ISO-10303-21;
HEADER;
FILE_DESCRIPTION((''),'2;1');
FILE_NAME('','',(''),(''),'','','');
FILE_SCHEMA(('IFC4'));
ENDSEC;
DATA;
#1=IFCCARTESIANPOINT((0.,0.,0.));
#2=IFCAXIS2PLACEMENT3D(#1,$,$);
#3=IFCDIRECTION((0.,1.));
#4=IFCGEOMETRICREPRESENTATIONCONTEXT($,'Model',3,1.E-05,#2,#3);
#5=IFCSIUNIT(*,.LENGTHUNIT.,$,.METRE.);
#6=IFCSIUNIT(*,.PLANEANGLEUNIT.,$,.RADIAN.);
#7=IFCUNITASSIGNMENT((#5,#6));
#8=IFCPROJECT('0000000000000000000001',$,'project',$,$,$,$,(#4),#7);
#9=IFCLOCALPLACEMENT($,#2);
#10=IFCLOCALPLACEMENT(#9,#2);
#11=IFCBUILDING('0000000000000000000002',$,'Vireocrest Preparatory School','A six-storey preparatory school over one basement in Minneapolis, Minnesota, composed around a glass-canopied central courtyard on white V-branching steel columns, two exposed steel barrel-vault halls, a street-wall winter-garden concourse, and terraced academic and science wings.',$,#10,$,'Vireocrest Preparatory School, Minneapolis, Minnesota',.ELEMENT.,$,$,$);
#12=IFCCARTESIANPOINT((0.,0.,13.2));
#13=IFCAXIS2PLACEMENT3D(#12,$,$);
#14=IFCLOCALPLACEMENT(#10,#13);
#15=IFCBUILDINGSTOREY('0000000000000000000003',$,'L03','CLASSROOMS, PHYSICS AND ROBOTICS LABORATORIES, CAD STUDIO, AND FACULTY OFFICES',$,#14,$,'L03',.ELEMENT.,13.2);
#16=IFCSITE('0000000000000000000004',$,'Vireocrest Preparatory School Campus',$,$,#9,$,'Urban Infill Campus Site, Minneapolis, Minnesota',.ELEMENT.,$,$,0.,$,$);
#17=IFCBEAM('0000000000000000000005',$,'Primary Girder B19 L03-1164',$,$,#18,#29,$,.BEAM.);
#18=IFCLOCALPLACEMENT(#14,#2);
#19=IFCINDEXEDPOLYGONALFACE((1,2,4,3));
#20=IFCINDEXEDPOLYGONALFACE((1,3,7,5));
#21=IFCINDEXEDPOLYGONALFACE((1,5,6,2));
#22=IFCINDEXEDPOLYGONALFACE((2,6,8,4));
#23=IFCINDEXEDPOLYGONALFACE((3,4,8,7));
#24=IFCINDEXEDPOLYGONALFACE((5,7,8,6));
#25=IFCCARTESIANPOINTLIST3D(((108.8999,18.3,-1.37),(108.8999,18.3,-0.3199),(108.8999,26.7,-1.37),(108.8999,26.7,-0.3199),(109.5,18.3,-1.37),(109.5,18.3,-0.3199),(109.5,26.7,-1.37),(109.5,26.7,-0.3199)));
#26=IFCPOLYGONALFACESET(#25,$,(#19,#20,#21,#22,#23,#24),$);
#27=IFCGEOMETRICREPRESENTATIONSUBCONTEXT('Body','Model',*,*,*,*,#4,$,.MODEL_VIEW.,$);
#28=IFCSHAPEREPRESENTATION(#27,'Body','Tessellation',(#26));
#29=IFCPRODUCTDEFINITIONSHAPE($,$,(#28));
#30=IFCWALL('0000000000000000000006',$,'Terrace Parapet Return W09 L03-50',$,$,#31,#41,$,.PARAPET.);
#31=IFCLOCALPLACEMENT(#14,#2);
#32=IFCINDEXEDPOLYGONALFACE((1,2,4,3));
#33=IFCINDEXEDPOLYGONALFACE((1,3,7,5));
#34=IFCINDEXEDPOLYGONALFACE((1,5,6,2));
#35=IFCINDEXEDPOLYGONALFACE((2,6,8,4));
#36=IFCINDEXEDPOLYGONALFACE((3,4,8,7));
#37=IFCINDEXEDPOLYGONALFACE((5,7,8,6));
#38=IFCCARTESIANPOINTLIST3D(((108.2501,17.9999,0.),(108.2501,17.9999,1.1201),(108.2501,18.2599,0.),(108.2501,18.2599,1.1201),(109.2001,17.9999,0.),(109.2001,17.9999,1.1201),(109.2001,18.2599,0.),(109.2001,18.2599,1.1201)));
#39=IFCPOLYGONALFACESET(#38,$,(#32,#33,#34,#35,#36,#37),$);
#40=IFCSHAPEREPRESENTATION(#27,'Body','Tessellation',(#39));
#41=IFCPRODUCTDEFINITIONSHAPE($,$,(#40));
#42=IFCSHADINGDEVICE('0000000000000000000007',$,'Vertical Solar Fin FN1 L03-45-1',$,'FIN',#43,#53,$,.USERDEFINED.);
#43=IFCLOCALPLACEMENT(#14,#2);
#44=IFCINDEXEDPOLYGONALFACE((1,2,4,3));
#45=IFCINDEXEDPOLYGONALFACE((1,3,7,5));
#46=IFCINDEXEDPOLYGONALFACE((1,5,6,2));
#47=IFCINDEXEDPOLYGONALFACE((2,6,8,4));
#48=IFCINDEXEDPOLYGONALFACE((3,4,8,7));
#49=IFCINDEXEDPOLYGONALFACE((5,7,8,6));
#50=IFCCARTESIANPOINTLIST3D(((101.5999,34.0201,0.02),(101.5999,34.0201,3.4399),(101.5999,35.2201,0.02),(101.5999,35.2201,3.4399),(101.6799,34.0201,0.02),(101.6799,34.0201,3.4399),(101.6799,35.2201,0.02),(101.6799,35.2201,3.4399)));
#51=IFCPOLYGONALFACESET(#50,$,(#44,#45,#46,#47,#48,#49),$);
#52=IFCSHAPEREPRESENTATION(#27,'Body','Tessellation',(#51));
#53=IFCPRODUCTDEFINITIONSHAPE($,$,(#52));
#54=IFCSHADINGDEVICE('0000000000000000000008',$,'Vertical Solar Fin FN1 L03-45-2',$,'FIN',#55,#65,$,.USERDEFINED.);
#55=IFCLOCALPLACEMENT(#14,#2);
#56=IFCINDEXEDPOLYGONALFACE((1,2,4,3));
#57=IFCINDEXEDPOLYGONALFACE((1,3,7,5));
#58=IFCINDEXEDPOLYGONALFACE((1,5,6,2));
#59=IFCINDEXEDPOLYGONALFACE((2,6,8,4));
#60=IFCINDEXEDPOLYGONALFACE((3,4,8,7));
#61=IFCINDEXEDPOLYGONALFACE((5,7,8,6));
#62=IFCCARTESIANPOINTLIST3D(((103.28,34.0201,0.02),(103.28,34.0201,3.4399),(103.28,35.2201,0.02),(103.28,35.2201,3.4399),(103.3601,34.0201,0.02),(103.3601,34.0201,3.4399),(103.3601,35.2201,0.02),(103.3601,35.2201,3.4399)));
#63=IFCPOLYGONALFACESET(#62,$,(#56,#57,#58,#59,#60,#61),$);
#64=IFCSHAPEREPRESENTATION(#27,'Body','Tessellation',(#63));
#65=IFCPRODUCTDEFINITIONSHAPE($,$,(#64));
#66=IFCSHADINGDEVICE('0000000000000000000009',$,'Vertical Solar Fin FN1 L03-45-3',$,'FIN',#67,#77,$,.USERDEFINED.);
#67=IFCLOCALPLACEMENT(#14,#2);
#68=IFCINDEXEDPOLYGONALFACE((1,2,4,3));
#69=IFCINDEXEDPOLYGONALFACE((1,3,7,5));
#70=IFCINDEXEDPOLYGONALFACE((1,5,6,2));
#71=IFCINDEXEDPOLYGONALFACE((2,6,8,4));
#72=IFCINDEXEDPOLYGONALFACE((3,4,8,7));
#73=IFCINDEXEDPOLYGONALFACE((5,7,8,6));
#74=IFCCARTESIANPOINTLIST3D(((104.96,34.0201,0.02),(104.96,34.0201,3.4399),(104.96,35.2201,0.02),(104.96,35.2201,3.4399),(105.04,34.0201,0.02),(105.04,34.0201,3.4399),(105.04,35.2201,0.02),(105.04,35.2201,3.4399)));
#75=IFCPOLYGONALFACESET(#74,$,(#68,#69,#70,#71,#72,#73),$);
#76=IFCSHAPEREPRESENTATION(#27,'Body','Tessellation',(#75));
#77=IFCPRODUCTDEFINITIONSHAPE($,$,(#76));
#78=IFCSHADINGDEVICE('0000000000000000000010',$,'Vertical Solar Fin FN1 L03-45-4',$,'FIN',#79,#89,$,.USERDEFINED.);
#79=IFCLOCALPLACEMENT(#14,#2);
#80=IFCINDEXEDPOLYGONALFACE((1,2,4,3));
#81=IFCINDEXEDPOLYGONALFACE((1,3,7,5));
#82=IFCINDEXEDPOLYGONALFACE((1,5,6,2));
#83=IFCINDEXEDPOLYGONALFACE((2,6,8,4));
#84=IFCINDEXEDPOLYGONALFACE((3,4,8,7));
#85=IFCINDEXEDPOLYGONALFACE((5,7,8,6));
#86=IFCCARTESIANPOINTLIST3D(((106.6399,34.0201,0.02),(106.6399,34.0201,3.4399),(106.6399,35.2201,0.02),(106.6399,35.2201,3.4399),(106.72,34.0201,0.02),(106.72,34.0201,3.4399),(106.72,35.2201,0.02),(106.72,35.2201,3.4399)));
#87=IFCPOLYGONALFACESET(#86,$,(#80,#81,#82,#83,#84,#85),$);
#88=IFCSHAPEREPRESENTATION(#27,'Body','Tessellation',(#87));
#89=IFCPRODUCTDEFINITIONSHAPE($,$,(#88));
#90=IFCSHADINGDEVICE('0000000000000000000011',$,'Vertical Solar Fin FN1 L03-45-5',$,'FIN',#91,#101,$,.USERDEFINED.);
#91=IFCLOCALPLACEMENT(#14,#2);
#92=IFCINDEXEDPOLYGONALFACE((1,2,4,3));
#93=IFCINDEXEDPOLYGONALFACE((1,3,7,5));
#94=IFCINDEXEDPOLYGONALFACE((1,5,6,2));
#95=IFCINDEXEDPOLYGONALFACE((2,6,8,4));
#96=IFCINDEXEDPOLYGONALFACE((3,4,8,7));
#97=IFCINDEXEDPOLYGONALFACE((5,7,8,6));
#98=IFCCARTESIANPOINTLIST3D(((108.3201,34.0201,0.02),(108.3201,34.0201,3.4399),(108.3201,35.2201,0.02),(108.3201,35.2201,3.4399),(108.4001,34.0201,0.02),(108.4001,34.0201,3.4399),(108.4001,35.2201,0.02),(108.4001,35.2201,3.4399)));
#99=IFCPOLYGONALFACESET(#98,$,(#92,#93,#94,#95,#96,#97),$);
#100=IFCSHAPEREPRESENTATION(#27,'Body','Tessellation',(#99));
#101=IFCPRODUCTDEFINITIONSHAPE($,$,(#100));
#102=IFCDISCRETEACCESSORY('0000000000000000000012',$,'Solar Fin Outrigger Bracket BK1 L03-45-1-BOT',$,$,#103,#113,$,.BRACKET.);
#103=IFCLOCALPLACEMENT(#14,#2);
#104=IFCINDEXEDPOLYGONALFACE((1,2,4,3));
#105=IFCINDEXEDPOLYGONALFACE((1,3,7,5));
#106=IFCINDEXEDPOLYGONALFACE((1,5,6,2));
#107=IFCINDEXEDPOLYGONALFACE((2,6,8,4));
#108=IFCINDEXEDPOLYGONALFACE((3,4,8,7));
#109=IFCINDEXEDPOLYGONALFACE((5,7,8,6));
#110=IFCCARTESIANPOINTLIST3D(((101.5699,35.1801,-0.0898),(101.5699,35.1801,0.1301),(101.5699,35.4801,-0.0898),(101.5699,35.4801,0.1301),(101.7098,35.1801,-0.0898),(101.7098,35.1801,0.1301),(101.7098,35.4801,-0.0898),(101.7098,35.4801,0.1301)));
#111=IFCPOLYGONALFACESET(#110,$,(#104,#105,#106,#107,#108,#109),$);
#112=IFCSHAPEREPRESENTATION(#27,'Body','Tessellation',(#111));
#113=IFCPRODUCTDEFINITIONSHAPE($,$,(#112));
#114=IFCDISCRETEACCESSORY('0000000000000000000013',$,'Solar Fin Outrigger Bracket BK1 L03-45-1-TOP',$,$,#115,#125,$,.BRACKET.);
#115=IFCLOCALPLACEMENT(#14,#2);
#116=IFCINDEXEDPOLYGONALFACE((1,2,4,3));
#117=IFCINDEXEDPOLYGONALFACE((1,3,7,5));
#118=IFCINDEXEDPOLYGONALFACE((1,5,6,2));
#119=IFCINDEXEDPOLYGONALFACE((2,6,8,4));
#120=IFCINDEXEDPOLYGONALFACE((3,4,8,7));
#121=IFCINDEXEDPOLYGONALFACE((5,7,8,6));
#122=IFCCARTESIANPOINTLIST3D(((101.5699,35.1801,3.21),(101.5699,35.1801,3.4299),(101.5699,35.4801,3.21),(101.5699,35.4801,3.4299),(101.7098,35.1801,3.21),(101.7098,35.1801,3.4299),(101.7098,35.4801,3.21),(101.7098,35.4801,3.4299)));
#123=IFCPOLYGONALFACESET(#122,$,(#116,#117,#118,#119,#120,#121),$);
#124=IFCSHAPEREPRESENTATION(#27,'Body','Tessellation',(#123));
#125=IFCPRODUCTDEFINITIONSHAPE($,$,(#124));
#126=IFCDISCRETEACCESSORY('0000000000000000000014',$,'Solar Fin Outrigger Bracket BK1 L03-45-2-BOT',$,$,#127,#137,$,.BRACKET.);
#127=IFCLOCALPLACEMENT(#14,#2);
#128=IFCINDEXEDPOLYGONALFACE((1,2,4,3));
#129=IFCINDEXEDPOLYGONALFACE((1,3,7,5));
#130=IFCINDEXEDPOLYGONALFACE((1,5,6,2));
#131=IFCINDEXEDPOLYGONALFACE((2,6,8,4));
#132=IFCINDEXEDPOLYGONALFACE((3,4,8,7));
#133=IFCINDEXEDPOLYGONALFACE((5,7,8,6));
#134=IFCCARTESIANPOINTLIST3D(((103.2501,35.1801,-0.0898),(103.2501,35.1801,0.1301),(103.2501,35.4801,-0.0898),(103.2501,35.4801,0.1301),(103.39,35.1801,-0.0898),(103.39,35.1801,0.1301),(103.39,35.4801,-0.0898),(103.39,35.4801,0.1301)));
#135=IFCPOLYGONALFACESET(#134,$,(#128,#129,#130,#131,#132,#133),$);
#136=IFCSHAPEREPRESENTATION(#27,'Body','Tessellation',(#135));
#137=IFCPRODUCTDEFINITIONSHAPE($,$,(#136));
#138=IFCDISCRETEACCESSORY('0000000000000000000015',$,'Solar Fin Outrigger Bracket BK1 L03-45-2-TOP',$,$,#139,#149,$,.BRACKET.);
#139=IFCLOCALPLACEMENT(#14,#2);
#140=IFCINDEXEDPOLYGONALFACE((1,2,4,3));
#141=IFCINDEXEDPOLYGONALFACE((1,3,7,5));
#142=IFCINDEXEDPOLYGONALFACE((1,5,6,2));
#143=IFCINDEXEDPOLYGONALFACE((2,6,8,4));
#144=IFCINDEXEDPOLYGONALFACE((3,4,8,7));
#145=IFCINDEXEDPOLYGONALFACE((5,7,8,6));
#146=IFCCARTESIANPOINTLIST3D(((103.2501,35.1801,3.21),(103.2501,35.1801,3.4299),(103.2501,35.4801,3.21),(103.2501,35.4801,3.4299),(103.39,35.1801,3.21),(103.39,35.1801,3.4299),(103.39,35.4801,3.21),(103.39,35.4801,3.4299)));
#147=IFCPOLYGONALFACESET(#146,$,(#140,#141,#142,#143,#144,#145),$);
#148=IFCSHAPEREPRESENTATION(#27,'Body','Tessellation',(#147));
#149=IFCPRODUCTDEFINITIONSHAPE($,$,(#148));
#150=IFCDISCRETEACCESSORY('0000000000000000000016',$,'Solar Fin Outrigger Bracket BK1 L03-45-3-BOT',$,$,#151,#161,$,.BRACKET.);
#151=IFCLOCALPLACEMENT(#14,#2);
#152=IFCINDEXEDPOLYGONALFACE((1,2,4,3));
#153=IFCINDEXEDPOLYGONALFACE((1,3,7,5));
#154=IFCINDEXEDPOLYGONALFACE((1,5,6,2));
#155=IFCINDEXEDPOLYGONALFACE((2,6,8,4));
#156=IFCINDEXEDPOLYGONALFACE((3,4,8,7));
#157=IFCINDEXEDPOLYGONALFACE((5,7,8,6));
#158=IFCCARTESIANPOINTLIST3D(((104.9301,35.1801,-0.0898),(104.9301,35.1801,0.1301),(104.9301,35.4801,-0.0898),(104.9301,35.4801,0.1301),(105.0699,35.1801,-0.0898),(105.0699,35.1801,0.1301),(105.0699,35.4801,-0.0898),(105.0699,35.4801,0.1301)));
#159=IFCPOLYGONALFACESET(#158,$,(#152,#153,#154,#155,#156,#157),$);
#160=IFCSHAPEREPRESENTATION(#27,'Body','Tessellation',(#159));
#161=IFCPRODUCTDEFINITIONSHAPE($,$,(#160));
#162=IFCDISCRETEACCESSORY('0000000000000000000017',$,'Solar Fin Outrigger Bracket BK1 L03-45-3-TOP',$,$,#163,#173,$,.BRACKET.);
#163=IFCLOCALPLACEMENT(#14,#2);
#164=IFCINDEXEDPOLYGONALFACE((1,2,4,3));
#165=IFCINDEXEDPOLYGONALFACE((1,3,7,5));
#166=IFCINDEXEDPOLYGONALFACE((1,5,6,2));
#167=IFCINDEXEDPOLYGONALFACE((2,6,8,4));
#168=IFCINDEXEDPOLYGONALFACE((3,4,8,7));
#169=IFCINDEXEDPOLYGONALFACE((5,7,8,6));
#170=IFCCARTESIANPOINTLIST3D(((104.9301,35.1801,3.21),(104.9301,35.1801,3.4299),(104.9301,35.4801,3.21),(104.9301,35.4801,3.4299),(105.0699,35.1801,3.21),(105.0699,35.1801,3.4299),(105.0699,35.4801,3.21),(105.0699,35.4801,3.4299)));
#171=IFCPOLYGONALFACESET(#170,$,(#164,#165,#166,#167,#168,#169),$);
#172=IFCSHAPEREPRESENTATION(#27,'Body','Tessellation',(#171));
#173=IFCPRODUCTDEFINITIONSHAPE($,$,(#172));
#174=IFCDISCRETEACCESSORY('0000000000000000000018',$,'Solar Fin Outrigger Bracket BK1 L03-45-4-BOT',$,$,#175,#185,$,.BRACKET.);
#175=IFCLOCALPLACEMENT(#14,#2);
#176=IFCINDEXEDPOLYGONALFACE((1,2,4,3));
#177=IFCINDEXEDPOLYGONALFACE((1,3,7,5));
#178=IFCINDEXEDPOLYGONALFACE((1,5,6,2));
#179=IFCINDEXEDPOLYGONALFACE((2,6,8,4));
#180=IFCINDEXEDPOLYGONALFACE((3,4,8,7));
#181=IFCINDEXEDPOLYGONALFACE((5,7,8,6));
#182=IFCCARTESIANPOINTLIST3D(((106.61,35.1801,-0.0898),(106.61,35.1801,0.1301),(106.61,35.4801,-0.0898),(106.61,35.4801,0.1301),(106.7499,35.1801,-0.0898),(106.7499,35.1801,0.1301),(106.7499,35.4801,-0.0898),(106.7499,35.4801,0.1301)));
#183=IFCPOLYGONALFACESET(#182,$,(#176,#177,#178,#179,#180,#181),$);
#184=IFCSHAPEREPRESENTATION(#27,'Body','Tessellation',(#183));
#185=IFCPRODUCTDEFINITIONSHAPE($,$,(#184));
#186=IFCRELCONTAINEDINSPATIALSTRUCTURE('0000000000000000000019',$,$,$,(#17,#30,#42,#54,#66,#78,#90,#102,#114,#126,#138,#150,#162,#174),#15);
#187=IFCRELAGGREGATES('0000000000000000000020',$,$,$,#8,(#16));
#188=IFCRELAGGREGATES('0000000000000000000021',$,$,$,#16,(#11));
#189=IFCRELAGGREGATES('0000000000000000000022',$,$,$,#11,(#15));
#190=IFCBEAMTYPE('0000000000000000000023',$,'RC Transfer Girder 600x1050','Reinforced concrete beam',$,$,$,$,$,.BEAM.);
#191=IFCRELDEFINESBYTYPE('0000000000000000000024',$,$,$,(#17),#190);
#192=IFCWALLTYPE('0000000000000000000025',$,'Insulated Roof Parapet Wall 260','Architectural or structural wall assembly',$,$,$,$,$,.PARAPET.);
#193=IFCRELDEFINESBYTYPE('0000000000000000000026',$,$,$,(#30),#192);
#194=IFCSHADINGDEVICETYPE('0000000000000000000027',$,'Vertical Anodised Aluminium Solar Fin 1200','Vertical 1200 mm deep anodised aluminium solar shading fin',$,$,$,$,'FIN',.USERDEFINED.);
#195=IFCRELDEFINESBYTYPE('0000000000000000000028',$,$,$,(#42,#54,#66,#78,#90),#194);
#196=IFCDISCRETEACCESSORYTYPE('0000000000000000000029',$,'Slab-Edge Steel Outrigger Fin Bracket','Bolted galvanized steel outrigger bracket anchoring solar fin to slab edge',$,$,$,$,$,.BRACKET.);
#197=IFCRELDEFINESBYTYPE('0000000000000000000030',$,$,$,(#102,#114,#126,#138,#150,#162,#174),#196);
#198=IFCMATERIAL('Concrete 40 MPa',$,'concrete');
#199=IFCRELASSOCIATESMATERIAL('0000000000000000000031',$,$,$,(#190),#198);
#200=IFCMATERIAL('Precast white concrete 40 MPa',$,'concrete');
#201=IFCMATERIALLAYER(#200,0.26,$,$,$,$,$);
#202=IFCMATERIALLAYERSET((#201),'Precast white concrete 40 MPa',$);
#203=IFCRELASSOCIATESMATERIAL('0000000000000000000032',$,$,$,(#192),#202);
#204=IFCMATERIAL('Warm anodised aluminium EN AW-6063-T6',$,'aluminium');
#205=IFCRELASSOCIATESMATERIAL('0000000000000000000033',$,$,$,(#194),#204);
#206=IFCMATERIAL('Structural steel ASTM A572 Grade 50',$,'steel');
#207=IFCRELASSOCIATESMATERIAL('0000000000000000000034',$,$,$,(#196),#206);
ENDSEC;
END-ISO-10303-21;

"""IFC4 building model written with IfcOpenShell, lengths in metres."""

from ifc_helpers import new_model, si_unit, direction, frame, frame_2d, origin, origin_2d, place, context, subcontext, project, spatial, rectangle, extrude, material, layer, layer_set, material_profile, profile_set, type_object, element, save


model = new_model("IFC4")

# Units and contexts
model_context = context("Model", 3, precision=1e-05, world=origin(), true_north=direction((0.0, 1.0)))
body_context = subcontext(model_context, "Body", "Model", "MODEL_VIEW")
ifc_project = project(units=[si_unit("LENGTHUNIT", "METRE"), si_unit("PLANEANGLEUNIT", "RADIAN")], contexts=[model_context])

# Site, building, storey
site_placement = place(None, origin())
site = spatial("IfcSite", under=ifc_project, at=site_placement, Name="Vireocrest Preparatory School Campus", LongName="Urban Infill Campus Site, Minneapolis, Minnesota", CompositionType="ELEMENT", RefElevation=0.0)
building_placement = place(site_placement, origin())
building = spatial("IfcBuilding", under=site, at=building_placement, Name="Vireocrest Preparatory School", Description="A six-storey preparatory school over one basement in Minneapolis, Minnesota, composed around a glass-canopied central courtyard on white V-branching steel columns, two exposed steel barrel-vault halls, a street-wall winter-garden concourse, and terraced academic and science wings.", LongName="Vireocrest Preparatory School, Minneapolis, Minnesota", CompositionType="ELEMENT")
storey_placement = place(building_placement, frame((0.0, 0.0, 13.2)))
storey = spatial("IfcBuildingStorey", under=building, at=storey_placement, Name="L03", Description="CLASSROOMS, PHYSICS AND ROBOTICS LABORATORIES, CAD STUDIO, AND FACULTY OFFICES", LongName="L03", CompositionType="ELEMENT", Elevation=13.2)

# Beam
ifc_material_1 = material(Name="Concrete 40 MPa", Category="concrete")
ifc_material_profile_1 = material_profile(ifc_material_1, rectangle(XDim=0.6001, YDim=1.05, at=origin_2d()), Name="RC 600x1050")
ifc_profile_set_1 = profile_set([ifc_material_profile_1], Name="Concrete 40 MPa")
beam_type_1 = type_object("IfcBeamType", Name="RC Transfer Girder 600x1050", Description="Reinforced concrete beam", PredefinedType="BEAM", material=ifc_profile_set_1)
beam_1_placement = place(storey_placement, frame((109.2, 18.3, -0.845), z_axis=(0.0, 1.0, 0.0), x_axis=(-1.0, 0.0, 0.0)))
element("IfcBeam", 1, at=beam_1_placement, inside=storey, type_object=beam_type_1, Name="Primary Girder B19 L03-1164", PredefinedType="BEAM", context=body_context, shape_type="SweptSolid", body=[
    extrude(rectangle(XDim=0.6001, YDim=1.05, at=origin_2d()), origin(), (0.0, 0.0, 1.0), 8.3999),
])

# Wall
ifc_material_2 = material(Name="Precast white concrete 40 MPa", Category="concrete")
ifc_layer = layer(ifc_material_2, 0.26)
ifc_layer_set = layer_set([ifc_layer], Name="Precast white concrete 40 MPa")
wall_type = type_object("IfcWallType", Name="Insulated Roof Parapet Wall 260", Description="Architectural or structural wall assembly", PredefinedType="PARAPET", material=ifc_layer_set)
wall_placement = place(storey_placement, frame((108.25, 18.1299, 0.0), z_axis=(0.0, 0.0, 1.0), x_axis=(1.0, 0.0, 0.0)))
element("IfcWall", 2, at=wall_placement, inside=storey, type_object=wall_type, Name="Terrace Parapet Return W09 L03-50", PredefinedType="PARAPET", context=body_context, shape_type="SweptSolid", body=[
    extrude(rectangle(XDim=0.95, YDim=0.26, at=frame_2d((0.4751, 0.0))), origin(), (0.0, 0.0, 1.0), 1.1201),
])

# Shading devices
ifc_material_3 = material(Name="Warm anodised aluminium EN AW-6063-T6", Category="aluminium")
ifc_material_profile_2 = material_profile(ifc_material_3, rectangle(XDim=0.0801, YDim=1.2, at=origin_2d()), Name="FIN 80x1200")
ifc_profile_set_2 = profile_set([ifc_material_profile_2], Name="Warm anodised aluminium EN AW-6063-T6")
shading_device_type = type_object("IfcShadingDeviceType", Name="Vertical Anodised Aluminium Solar Fin 1200", Description="Vertical 1200 mm deep anodised aluminium solar shading fin", ElementType="FIN", PredefinedType="USERDEFINED", material=ifc_profile_set_2)
for number, where, z_axis, x_axis, name in (
    (3, (101.6399, 34.6201, 0.02), (0.0, 0.0, 1.0), (-1.0, 0.0, 0.0), "Vertical Solar Fin FN1 L03-45-1"),
    (4, (103.3201, 34.6201, 0.02), (0.0, 0.0, 1.0), (-1.0, 0.0, 0.0), "Vertical Solar Fin FN1 L03-45-2"),
    (5, (105.0, 34.6201, 0.02), (0.0, 0.0, 1.0), (-1.0, 0.0, 0.0), "Vertical Solar Fin FN1 L03-45-3"),
    (6, (106.6799, 34.6201, 0.02), (0.0, 0.0, 1.0), (-1.0, 0.0, 0.0), "Vertical Solar Fin FN1 L03-45-4"),
    (7, (108.3601, 34.6201, 0.02), (0.0, 0.0, 1.0), (-1.0, 0.0, 0.0), "Vertical Solar Fin FN1 L03-45-5"),
):
    element("IfcShadingDevice", number, at=place(storey_placement, frame(where, z_axis=z_axis, x_axis=x_axis)), inside=storey, type_object=shading_device_type, Name=name, ObjectType="FIN", PredefinedType="USERDEFINED", context=body_context, shape_type="SweptSolid", body=[
        extrude(rectangle(XDim=0.0801, YDim=1.2, at=origin_2d()), origin(), (0.0, 0.0, 1.0), 3.4199),
    ])

# Discrete accessories
ifc_material_4 = material(Name="Structural steel ASTM A572 Grade 50", Category="steel")
discrete_accessory_type = type_object("IfcDiscreteAccessoryType", Name="Slab-Edge Steel Outrigger Fin Bracket", Description="Bolted galvanized steel outrigger bracket anchoring solar fin to slab edge", PredefinedType="BRACKET", material=ifc_material_4)
for number, where, z_axis, x_axis, name in (
    (8, (101.6399, 35.3301, -0.0898), (0.0, 0.0, 1.0), (-1.0, 0.0, 0.0), "Solar Fin Outrigger Bracket BK1 L03-45-1-BOT"),
    (9, (101.6399, 35.3301, 3.21), (0.0, 0.0, 1.0), (-1.0, 0.0, 0.0), "Solar Fin Outrigger Bracket BK1 L03-45-1-TOP"),
    (10, (103.3201, 35.3301, -0.0898), (0.0, 0.0, 1.0), (-1.0, 0.0, 0.0), "Solar Fin Outrigger Bracket BK1 L03-45-2-BOT"),
    (11, (103.3201, 35.3301, 3.21), (0.0, 0.0, 1.0), (-1.0, 0.0, 0.0), "Solar Fin Outrigger Bracket BK1 L03-45-2-TOP"),
    (12, (105.0, 35.3301, -0.0898), (0.0, 0.0, 1.0), (-1.0, 0.0, 0.0), "Solar Fin Outrigger Bracket BK1 L03-45-3-BOT"),
    (13, (105.0, 35.3301, 3.21), (0.0, 0.0, 1.0), (-1.0, 0.0, 0.0), "Solar Fin Outrigger Bracket BK1 L03-45-3-TOP"),
    (14, (106.6799, 35.3301, -0.0898), (0.0, 0.0, 1.0), (-1.0, 0.0, 0.0), "Solar Fin Outrigger Bracket BK1 L03-45-4-BOT"),
):
    element("IfcDiscreteAccessory", number, at=place(storey_placement, frame(where, z_axis=z_axis, x_axis=x_axis)), inside=storey, type_object=discrete_accessory_type, Name=name, PredefinedType="BRACKET", context=body_context, shape_type="SweptSolid", body=[
        extrude(rectangle(XDim=0.1399, YDim=0.3, at=origin_2d()), origin(), (0.0, 0.0, 1.0), 0.22),
    ])

save(model, "model.ifc")
